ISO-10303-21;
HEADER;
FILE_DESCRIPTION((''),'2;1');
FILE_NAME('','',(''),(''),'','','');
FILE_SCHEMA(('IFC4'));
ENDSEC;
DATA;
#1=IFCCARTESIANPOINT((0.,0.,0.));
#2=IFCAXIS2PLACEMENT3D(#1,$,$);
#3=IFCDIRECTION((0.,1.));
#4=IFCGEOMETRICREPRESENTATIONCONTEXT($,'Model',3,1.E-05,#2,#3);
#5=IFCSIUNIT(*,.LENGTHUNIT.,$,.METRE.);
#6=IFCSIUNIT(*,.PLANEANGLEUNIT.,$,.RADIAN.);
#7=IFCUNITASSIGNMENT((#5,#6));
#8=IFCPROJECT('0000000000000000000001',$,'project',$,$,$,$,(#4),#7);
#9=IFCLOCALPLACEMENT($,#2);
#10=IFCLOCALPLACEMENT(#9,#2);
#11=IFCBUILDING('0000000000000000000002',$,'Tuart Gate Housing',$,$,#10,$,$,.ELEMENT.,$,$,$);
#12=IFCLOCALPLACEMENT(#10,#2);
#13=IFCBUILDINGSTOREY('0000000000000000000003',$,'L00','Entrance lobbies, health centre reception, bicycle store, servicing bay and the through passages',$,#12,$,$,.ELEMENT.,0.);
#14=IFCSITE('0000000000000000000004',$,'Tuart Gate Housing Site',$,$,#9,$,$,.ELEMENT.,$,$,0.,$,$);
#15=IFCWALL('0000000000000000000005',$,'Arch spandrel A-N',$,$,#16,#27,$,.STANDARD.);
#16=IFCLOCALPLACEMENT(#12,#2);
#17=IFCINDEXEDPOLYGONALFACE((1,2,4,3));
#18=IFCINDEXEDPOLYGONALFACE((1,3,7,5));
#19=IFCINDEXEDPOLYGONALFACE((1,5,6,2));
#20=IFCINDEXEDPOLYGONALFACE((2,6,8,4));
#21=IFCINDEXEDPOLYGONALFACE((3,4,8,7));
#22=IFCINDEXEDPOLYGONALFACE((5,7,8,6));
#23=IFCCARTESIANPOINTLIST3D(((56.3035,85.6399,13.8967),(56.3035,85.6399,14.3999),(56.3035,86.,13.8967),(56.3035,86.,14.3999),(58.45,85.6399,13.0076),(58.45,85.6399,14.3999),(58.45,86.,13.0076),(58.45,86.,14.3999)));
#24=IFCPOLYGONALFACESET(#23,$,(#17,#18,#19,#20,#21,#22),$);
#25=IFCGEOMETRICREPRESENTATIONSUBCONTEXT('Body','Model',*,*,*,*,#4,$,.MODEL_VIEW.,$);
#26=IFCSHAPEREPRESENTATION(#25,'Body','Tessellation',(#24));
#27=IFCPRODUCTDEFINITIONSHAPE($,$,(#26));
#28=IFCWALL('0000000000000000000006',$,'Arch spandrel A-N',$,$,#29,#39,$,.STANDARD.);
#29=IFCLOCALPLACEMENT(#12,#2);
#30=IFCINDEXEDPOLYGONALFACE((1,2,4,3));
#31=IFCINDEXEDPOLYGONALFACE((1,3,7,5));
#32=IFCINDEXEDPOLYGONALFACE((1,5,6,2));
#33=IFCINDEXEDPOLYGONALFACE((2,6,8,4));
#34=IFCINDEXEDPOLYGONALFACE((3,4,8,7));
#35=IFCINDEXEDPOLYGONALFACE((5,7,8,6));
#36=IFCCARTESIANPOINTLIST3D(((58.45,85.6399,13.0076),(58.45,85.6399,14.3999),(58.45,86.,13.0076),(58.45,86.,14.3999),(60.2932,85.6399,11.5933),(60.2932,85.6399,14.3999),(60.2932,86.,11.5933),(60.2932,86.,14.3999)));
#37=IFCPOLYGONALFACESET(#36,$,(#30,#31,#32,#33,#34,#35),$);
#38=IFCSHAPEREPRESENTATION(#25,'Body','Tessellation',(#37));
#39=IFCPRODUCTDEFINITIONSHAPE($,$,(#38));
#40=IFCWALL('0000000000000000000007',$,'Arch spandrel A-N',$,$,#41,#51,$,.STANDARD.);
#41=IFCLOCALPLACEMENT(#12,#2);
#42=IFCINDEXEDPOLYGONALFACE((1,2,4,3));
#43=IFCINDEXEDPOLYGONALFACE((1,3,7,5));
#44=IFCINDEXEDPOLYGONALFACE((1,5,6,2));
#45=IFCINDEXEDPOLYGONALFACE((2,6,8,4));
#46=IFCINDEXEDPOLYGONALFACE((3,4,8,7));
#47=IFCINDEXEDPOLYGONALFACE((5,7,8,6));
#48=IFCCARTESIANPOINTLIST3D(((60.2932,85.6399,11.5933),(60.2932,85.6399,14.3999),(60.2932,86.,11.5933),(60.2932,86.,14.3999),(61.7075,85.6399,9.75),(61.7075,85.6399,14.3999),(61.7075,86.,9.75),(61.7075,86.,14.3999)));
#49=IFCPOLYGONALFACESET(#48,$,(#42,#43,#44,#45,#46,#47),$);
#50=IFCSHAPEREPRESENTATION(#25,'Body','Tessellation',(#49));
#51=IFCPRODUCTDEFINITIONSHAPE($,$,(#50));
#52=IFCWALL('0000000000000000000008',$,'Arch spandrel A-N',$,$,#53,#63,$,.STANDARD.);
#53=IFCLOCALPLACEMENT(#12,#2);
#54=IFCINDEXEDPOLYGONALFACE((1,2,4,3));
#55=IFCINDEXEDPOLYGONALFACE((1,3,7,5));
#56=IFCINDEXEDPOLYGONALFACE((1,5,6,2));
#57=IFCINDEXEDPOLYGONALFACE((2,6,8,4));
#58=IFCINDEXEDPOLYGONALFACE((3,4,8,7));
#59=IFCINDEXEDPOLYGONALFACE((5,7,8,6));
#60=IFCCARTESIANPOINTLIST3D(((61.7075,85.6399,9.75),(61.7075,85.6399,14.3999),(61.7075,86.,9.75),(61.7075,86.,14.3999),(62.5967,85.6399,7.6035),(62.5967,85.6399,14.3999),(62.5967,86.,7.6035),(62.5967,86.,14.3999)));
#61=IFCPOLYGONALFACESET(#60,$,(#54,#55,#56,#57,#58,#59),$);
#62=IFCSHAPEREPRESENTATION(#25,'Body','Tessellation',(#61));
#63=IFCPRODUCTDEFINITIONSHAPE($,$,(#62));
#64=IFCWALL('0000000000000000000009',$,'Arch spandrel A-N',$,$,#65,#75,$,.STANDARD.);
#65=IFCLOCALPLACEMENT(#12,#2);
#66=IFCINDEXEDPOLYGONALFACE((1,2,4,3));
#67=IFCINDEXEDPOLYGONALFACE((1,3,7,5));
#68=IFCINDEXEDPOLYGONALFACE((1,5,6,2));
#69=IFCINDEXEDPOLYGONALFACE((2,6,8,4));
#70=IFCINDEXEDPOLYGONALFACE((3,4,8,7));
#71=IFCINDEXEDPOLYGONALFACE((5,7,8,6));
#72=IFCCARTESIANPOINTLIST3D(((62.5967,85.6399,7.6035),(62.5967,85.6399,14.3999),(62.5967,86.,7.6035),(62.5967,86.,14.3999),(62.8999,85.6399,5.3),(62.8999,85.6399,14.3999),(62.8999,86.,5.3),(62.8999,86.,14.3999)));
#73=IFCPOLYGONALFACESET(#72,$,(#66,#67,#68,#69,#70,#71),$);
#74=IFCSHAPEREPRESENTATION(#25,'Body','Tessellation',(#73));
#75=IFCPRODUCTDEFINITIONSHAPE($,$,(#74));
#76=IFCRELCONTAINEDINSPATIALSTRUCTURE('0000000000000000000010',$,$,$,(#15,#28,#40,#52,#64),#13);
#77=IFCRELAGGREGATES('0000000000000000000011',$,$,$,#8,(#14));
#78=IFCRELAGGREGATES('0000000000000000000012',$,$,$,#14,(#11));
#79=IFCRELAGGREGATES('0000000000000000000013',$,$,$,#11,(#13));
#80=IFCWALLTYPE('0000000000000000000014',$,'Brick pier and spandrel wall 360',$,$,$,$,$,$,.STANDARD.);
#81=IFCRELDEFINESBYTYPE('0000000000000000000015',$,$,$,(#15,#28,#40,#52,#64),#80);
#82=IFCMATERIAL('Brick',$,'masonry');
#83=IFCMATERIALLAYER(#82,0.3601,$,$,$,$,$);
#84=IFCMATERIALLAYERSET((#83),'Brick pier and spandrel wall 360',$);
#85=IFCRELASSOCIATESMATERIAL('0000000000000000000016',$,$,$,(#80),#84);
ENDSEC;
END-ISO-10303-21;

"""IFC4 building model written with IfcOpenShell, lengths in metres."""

from ifc_helpers import new_model, si_unit, direction, frame, origin, place, context, subcontext, project, spatial, polyline, outline, extrude, material, layer, layer_set, type_object, element, save


model = new_model("IFC4")

# Units and contexts
model_context = context("Model", 3, precision=1e-05, world=origin(), true_north=direction((0.0, 1.0)))
body_context = subcontext(model_context, "Body", "Model", "MODEL_VIEW")
ifc_project = project(units=[si_unit("LENGTHUNIT", "METRE"), si_unit("PLANEANGLEUNIT", "RADIAN")], contexts=[model_context])

# Site, building, storey
site_placement = place(None, origin())
site = spatial("IfcSite", under=ifc_project, at=site_placement, Name="Tuart Gate Housing Site", CompositionType="ELEMENT", RefElevation=0.0)
building_placement = place(site_placement, origin())
building = spatial("IfcBuilding", under=site, at=building_placement, Name="Tuart Gate Housing", CompositionType="ELEMENT")
storey_placement = place(building_placement, origin())
storey = spatial("IfcBuildingStorey", under=building, at=storey_placement, Name="L00", Description="Entrance lobbies, health centre reception, bicycle store, servicing bay and the through passages", CompositionType="ELEMENT", Elevation=0.0)

# Shared definitions
ifc_material_1 = material(Name="Brick", Category="masonry")
ifc_layer_1 = layer(ifc_material_1, 0.3601)
ifc_layer_set_1 = layer_set([ifc_layer_1], Name="Brick pier and spandrel wall 360")
wall_type = type_object("IfcWallType", Name="Brick pier and spandrel wall 360", PredefinedType="STANDARD", material=ifc_layer_set_1)

# Walls
wall_1_placement = place(storey_placement, frame((58.45, 85.8201, 13.0076), z_axis=(0.0, 0.0, 1.0), x_axis=(-1.0, 0.0, 0.0)))
element("IfcWall", 1, at=wall_1_placement, inside=storey, type_object=wall_type, Name="Arch spandrel A-N", PredefinedType="STANDARD", context=body_context, shape_type="SweptSolid", body=[
    extrude(outline(polyline([(0.0, 0.0), (2.1465, 0.8892), (2.1465, 1.3923), (0.0, 1.3923), (0.0, 0.0)])), frame((0.0, 0.1802, 0.0), z_axis=(0.0, -1.0, 0.0), x_axis=(1.0, 0.0, 0.0)), (0.0, 0.0, 1.0), 0.3601),
])
wall_2_placement = place(storey_placement, frame((60.2932, 85.8201, 11.5933), z_axis=(0.0, 0.0, 1.0), x_axis=(-1.0, 0.0, 0.0)))
element("IfcWall", 2, at=wall_2_placement, inside=storey, type_object=wall_type, Name="Arch spandrel A-N", PredefinedType="STANDARD", context=body_context, shape_type="SweptSolid", body=[
    extrude(outline(polyline([(0.0, 0.0), (1.8433, 1.4143), (1.8433, 2.8066), (0.0, 2.8066), (0.0, 0.0)])), frame((0.0, 0.1802, 0.0), z_axis=(0.0, -1.0, 0.0), x_axis=(1.0, 0.0, 0.0)), (0.0, 0.0, 1.0), 0.3601),
])
wall_3_placement = place(storey_placement, frame((61.7075, 85.8201, 9.75), z_axis=(0.0, 0.0, 1.0), x_axis=(-1.0, 0.0, 0.0)))
element("IfcWall", 3, at=wall_3_placement, inside=storey, type_object=wall_type, Name="Arch spandrel A-N", PredefinedType="STANDARD", context=body_context, shape_type="SweptSolid", body=[
    extrude(outline(polyline([(0.0, 0.0), (1.4143, 1.8433), (1.4143, 4.6499), (0.0, 4.6499), (0.0, 0.0)])), frame((0.0, 0.1802, 0.0), z_axis=(0.0, -1.0, 0.0), x_axis=(1.0, 0.0, 0.0)), (0.0, 0.0, 1.0), 0.3601),
])
wall_4_placement = place(storey_placement, frame((62.5967, 85.8201, 7.6035), z_axis=(0.0, 0.0, 1.0), x_axis=(-1.0, 0.0, 0.0)))
element("IfcWall", 4, at=wall_4_placement, inside=storey, type_object=wall_type, Name="Arch spandrel A-N", PredefinedType="STANDARD", context=body_context, shape_type="SweptSolid", body=[
    extrude(outline(polyline([(0.0, 0.0), (0.8892, 2.1465), (0.8892, 6.7964), (0.0, 6.7964), (0.0, 0.0)])), frame((0.0, 0.1802, 0.0), z_axis=(0.0, -1.0, 0.0), x_axis=(1.0, 0.0, 0.0)), (0.0, 0.0, 1.0), 0.3601),
])
wall_5_placement = place(storey_placement, frame((62.8999, 85.8201, 5.3), z_axis=(0.0, 0.0, 1.0), x_axis=(-1.0, 0.0, 0.0)))
element("IfcWall", 5, at=wall_5_placement, inside=storey, type_object=wall_type, Name="Arch spandrel A-N", PredefinedType="STANDARD", context=body_context, shape_type="SweptSolid", body=[
    extrude(outline(polyline([(0.0, 0.0), (0.3032, 2.3035), (0.3032, 9.0999), (0.0, 9.0999), (0.0, 0.0)])), frame((0.0, 0.1802, 0.0), z_axis=(0.0, -1.0, 0.0), x_axis=(1.0, 0.0, 0.0)), (0.0, 0.0, 1.0), 0.3601),
])

save(model, "model.ifc")
